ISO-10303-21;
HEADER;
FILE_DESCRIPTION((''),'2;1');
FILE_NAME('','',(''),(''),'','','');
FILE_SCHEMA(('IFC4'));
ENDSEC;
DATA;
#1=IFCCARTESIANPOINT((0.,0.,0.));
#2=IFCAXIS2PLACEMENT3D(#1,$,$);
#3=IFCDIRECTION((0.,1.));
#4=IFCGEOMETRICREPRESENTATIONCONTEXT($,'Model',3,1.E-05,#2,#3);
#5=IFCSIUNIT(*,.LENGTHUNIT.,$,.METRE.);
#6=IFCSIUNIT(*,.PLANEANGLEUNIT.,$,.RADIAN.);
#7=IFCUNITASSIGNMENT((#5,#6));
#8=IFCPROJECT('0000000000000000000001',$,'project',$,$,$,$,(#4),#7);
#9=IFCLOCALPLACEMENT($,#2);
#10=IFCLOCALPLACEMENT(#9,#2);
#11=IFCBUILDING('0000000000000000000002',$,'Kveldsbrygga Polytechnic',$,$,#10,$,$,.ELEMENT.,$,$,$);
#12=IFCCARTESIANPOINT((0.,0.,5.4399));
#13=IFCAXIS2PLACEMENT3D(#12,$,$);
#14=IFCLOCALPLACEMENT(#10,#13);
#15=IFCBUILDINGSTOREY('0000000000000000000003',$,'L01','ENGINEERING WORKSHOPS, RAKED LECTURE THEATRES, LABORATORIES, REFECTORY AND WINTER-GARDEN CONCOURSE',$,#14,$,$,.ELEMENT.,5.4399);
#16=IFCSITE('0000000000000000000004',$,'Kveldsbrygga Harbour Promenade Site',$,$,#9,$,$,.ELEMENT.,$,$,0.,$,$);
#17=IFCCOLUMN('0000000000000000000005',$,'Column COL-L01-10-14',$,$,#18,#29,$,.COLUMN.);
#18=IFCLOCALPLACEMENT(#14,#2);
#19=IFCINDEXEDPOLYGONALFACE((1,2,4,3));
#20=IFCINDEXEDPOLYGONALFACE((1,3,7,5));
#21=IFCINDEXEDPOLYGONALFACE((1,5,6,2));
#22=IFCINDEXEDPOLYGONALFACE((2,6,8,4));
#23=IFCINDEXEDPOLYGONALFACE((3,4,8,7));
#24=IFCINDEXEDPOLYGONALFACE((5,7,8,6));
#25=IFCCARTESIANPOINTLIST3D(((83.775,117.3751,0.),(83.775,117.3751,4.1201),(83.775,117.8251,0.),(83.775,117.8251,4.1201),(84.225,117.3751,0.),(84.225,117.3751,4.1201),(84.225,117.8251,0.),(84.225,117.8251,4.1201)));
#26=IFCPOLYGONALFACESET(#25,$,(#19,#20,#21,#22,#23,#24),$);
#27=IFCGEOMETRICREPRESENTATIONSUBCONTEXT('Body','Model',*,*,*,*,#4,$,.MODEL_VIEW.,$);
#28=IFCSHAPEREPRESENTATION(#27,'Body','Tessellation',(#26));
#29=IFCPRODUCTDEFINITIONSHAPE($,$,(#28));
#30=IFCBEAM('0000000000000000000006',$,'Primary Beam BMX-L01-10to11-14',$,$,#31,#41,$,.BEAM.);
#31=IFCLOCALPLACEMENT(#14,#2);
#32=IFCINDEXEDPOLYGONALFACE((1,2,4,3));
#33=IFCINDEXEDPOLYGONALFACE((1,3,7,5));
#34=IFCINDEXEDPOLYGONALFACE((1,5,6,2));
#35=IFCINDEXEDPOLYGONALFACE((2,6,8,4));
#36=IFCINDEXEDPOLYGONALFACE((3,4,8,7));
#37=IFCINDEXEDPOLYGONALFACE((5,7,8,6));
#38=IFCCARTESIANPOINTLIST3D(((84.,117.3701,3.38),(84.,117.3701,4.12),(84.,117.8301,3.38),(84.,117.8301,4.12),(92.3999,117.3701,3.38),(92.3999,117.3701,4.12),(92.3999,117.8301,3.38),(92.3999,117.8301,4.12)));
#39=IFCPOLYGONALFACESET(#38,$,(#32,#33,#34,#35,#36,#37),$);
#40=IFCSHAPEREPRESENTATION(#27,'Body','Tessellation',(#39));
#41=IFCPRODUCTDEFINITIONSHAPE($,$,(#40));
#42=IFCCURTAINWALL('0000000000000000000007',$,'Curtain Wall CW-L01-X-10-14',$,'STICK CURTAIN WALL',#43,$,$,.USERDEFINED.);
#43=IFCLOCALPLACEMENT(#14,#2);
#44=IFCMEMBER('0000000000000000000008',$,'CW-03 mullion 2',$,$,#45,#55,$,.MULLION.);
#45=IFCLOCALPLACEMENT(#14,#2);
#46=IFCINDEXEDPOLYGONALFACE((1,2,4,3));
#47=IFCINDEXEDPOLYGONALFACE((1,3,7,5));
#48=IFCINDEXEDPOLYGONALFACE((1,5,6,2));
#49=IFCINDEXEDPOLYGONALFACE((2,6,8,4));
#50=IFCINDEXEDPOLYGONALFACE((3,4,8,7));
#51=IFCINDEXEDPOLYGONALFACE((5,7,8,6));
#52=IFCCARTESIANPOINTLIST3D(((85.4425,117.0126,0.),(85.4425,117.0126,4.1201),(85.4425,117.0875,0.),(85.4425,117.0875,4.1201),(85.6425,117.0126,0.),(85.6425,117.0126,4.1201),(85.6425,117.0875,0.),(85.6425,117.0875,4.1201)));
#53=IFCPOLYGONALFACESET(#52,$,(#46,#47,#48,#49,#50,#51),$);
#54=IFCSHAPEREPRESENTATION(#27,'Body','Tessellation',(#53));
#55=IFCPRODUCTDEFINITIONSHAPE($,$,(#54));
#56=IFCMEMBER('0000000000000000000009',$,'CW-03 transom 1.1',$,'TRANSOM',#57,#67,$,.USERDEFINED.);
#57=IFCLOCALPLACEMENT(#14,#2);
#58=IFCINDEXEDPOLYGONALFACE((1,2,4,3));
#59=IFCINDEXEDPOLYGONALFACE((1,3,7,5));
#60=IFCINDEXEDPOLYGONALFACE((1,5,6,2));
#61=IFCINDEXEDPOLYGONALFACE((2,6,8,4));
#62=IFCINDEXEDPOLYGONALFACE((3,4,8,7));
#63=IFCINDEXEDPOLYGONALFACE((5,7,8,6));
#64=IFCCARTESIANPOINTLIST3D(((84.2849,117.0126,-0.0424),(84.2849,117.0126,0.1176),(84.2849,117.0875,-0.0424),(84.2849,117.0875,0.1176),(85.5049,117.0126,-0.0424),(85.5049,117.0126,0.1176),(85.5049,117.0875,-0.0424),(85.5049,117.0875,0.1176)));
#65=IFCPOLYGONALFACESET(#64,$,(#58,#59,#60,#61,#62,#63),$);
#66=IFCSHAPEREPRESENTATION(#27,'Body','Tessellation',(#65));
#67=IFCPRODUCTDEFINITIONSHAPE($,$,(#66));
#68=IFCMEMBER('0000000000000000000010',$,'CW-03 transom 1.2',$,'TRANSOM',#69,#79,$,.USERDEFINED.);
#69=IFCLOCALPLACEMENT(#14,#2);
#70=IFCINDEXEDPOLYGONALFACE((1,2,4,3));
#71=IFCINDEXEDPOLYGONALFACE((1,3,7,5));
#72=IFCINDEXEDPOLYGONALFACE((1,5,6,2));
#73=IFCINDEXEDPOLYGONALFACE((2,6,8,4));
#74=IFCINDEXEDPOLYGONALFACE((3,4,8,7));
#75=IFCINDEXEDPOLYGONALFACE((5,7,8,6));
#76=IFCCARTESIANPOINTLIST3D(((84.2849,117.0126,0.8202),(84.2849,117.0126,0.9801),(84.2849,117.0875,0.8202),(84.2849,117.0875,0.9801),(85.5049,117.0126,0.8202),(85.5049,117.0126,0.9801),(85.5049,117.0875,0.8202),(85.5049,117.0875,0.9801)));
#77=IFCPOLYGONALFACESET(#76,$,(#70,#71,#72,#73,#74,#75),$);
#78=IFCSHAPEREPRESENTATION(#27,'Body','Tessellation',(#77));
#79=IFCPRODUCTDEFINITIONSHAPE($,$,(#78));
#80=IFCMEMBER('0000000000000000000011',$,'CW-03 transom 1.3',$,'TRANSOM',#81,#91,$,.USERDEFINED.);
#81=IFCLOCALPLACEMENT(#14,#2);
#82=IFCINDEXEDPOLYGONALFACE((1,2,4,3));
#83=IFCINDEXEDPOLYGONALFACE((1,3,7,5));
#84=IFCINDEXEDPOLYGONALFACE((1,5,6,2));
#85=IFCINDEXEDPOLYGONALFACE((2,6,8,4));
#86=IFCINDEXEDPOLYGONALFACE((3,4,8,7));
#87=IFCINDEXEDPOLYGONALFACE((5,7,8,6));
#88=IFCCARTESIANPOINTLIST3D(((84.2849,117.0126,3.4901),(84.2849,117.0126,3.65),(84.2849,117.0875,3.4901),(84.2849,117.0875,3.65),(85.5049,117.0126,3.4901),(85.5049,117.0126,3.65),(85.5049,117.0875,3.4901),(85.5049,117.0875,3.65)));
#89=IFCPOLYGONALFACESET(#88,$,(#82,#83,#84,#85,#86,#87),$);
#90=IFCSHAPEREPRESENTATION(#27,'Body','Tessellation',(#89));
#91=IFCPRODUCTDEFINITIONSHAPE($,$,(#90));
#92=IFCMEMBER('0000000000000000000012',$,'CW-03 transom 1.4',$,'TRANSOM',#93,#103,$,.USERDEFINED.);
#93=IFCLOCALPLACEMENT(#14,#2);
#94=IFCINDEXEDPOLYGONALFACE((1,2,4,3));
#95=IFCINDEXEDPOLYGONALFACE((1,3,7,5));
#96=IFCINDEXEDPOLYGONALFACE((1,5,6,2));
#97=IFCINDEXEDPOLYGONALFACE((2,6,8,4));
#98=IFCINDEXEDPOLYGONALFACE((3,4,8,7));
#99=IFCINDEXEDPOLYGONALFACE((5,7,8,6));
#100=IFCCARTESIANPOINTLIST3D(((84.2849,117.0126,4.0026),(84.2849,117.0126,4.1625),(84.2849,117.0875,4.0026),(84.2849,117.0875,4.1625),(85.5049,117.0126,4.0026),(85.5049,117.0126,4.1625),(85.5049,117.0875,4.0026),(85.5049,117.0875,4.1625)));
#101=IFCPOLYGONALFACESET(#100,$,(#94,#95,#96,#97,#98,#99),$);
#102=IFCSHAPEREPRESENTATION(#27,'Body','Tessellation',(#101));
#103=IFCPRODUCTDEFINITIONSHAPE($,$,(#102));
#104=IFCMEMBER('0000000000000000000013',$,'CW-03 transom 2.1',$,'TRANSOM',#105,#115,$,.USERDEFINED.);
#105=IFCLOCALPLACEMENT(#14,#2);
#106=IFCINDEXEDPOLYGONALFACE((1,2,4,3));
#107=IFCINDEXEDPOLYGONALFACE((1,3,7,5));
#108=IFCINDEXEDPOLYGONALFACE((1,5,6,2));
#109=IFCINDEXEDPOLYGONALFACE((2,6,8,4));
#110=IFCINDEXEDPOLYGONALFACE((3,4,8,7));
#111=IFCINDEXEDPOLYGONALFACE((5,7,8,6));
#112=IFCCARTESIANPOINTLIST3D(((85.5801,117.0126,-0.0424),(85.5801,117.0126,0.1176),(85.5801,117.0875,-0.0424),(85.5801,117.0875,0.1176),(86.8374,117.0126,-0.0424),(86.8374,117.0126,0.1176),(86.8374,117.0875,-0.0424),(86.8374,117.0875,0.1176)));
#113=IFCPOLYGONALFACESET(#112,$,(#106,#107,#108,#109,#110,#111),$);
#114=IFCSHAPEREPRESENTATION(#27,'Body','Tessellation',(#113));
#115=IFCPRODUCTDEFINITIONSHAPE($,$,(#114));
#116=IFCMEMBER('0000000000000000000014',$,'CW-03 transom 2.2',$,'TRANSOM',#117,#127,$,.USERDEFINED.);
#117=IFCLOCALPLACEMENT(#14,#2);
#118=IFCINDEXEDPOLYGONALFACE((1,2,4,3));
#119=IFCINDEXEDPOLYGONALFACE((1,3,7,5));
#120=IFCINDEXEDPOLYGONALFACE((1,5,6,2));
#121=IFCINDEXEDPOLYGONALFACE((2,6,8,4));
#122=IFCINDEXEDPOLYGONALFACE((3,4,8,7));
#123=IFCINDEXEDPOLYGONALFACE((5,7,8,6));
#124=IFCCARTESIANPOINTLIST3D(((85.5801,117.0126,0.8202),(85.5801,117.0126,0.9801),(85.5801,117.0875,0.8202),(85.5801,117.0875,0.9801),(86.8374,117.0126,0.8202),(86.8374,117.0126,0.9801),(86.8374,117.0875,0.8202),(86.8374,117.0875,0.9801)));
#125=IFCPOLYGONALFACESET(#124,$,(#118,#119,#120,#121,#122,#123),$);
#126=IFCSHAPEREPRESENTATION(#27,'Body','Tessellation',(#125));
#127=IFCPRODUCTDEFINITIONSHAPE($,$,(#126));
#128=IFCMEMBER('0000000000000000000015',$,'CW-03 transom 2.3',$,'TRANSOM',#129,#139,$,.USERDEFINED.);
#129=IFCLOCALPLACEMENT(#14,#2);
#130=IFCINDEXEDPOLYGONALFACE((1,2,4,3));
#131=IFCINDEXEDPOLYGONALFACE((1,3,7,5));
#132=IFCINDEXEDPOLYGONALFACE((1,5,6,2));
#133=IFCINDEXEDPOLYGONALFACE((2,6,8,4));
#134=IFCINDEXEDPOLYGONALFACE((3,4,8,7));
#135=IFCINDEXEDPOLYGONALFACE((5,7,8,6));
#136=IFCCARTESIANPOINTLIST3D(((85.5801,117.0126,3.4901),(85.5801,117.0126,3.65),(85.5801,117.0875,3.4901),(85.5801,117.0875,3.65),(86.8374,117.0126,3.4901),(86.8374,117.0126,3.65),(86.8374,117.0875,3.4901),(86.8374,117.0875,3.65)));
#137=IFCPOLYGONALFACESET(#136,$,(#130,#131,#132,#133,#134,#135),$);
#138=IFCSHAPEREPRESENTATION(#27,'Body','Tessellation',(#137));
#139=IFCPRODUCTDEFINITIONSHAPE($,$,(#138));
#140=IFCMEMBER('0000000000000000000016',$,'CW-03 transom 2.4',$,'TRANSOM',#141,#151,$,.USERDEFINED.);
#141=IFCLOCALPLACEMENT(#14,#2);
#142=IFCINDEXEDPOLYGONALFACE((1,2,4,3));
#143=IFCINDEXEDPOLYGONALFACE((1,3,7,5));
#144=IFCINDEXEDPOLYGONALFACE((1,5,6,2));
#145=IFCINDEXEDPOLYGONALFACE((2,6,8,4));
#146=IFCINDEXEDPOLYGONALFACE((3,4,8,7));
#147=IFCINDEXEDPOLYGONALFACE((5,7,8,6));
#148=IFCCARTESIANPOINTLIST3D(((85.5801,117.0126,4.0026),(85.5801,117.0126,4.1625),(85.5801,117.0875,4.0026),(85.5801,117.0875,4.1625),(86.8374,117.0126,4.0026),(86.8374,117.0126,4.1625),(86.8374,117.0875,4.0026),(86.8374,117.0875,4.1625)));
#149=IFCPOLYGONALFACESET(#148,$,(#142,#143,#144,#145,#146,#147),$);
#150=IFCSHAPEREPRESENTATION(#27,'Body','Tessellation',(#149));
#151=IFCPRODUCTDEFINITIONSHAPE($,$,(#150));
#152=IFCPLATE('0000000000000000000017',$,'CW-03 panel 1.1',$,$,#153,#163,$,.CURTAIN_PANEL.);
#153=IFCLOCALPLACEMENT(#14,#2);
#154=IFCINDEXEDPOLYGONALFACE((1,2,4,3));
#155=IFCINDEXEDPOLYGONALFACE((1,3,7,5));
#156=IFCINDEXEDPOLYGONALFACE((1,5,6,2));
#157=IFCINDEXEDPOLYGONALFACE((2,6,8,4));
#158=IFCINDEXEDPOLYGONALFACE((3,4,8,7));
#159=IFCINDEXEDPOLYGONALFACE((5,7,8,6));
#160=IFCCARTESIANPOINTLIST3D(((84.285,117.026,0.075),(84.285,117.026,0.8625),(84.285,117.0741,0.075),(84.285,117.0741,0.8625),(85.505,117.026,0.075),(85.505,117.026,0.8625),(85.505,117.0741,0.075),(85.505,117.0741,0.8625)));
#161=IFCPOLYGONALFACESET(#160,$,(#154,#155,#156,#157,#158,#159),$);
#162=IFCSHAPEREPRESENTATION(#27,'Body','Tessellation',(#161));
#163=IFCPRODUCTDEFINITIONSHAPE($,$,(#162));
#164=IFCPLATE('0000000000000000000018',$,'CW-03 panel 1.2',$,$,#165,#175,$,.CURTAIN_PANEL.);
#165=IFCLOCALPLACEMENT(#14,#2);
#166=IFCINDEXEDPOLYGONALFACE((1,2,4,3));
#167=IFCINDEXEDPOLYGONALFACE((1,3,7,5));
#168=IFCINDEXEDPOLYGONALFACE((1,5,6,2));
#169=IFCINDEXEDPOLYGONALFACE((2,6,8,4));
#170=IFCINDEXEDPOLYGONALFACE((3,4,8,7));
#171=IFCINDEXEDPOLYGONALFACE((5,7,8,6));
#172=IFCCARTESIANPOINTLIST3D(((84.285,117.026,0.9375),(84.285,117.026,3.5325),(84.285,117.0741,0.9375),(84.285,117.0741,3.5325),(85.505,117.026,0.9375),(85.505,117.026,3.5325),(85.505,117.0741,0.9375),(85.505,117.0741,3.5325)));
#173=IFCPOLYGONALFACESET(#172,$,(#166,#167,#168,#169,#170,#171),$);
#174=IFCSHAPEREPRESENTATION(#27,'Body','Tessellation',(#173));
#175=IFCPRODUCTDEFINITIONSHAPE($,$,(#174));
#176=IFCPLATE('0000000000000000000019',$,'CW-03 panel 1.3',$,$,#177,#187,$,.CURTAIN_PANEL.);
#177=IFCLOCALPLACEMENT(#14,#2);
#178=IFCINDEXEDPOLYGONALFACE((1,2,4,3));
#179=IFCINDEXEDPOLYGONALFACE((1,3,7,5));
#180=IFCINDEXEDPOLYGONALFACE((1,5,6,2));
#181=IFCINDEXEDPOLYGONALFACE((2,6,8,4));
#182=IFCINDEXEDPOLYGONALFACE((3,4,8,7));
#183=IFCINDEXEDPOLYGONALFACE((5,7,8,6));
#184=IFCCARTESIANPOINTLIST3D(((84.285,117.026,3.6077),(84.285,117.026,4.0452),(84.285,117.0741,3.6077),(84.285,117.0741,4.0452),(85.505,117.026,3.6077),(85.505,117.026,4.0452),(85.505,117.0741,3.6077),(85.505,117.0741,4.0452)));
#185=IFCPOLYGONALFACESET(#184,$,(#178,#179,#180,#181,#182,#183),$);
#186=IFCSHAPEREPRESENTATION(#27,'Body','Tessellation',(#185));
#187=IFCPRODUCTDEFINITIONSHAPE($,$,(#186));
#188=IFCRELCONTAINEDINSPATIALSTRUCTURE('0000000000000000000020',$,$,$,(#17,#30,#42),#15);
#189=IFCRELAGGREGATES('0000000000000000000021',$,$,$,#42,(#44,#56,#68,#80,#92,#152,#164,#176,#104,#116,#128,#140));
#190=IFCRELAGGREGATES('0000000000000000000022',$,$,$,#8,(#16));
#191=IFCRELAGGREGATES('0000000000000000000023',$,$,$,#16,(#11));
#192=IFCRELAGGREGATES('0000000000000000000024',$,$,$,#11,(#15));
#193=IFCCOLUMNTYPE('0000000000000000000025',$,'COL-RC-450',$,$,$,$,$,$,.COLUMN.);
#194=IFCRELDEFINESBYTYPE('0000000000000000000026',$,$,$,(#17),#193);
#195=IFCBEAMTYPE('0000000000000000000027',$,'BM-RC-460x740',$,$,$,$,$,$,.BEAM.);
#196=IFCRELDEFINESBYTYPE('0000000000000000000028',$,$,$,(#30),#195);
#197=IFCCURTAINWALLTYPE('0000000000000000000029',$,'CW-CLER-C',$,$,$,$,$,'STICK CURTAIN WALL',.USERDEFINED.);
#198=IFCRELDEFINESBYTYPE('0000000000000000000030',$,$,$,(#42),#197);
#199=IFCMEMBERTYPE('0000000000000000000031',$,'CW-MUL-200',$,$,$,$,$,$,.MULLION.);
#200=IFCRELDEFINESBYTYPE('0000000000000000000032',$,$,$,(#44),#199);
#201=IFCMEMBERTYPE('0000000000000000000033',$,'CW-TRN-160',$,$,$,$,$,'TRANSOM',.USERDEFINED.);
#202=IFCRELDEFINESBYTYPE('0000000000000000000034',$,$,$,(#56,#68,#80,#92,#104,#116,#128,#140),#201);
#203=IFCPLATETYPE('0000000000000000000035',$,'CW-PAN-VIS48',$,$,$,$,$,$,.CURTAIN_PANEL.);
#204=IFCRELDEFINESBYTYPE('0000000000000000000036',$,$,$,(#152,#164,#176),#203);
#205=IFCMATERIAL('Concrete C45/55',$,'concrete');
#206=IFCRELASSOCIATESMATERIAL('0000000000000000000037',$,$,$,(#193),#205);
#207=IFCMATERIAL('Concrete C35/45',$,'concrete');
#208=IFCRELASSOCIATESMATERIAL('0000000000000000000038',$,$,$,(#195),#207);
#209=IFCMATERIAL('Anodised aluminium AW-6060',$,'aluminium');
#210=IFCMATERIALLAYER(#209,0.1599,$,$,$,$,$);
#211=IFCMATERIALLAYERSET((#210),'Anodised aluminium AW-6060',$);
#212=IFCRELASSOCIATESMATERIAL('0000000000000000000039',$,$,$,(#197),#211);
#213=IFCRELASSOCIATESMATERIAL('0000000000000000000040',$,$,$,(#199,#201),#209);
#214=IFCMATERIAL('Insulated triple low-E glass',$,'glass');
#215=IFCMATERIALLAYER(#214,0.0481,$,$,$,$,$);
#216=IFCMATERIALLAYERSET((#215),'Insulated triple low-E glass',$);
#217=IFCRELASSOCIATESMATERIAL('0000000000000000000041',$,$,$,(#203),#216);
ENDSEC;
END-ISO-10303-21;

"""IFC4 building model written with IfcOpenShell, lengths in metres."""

from ifc_helpers import new_model, si_unit, direction, frame, origin, origin_2d, place, context, subcontext, project, spatial, rectangle, extrude, material, layer, layer_set, material_profile, profile_set, type_object, element, aggregate, save


model = new_model("IFC4")

# Units and contexts
model_context = context("Model", 3, precision=1e-05, world=origin(), true_north=direction((0.0, 1.0)))
body_context = subcontext(model_context, "Body", "Model", "MODEL_VIEW")
ifc_project = project(units=[si_unit("LENGTHUNIT", "METRE"), si_unit("PLANEANGLEUNIT", "RADIAN")], contexts=[model_context])

# Site, building, storey
site_placement = place(None, origin())
site = spatial("IfcSite", under=ifc_project, at=site_placement, Name="Kveldsbrygga Harbour Promenade Site", CompositionType="ELEMENT", RefElevation=0.0)
building_placement = place(site_placement, origin())
building = spatial("IfcBuilding", under=site, at=building_placement, Name="Kveldsbrygga Polytechnic", CompositionType="ELEMENT")
storey_placement = place(building_placement, frame((0.0, 0.0, 5.4399)))
storey = spatial("IfcBuildingStorey", under=building, at=storey_placement, Name="L01", Description="ENGINEERING WORKSHOPS, RAKED LECTURE THEATRES, LABORATORIES, REFECTORY AND WINTER-GARDEN CONCOURSE", CompositionType="ELEMENT", Elevation=5.4399)

# Column
ifc_material_1 = material(Name="Concrete C45/55", Category="concrete")
ifc_material_profile_1 = material_profile(ifc_material_1, rectangle(XDim=0.45, YDim=0.45, at=origin_2d()), Name="RC 450x450")
ifc_profile_set_1 = profile_set([ifc_material_profile_1], Name="Concrete C45/55")
column_type = type_object("IfcColumnType", Name="COL-RC-450", PredefinedType="COLUMN", material=ifc_profile_set_1)
column_placement = place(storey_placement, frame((84.0, 117.6001, 0.0), z_axis=(0.0, 0.0, 1.0), x_axis=(1.0, 0.0, 0.0)))
element("IfcColumn", 1, at=column_placement, inside=storey, type_object=column_type, Name="Column COL-L01-10-14", PredefinedType="COLUMN", context=body_context, shape_type="SweptSolid", body=[
    extrude(rectangle(XDim=0.45, YDim=0.45, at=origin_2d()), origin(), (0.0, 0.0, 1.0), 4.1201),
])

# Beam
ifc_material_2 = material(Name="Concrete C35/45", Category="concrete")
ifc_material_profile_2 = material_profile(ifc_material_2, rectangle(XDim=0.46, YDim=0.74, at=origin_2d()), Name="RC 460x740")
ifc_profile_set_2 = profile_set([ifc_material_profile_2], Name="Concrete C35/45")
beam_type = type_object("IfcBeamType", Name="BM-RC-460x740", PredefinedType="BEAM", material=ifc_profile_set_2)
beam_placement = place(storey_placement, frame((84.0, 117.6001, 3.75), z_axis=(1.0, 0.0, 0.0), x_axis=(0.0, 1.0, 0.0)))
element("IfcBeam", 2, at=beam_placement, inside=storey, type_object=beam_type, Name="Primary Beam BMX-L01-10to11-14", PredefinedType="BEAM", context=body_context, shape_type="SweptSolid", body=[
    extrude(rectangle(XDim=0.46, YDim=0.74, at=origin_2d()), origin(), (0.0, 0.0, 1.0), 8.3999),
])

# Curtain wall, members, plates
ifc_material_3 = material(Name="Anodised aluminium AW-6060", Category="aluminium")
ifc_layer_1 = layer(ifc_material_3, 0.1599)
ifc_layer_set_1 = layer_set([ifc_layer_1], Name="Anodised aluminium AW-6060")
curtain_wall_type = type_object("IfcCurtainWallType", Name="CW-CLER-C", ElementType="STICK CURTAIN WALL", PredefinedType="USERDEFINED", material=ifc_layer_set_1)
curtain_wall_placement = place(storey_placement, origin())
curtain_wall = element("IfcCurtainWall", 3, at=curtain_wall_placement, inside=storey, type_object=curtain_wall_type, Name="Curtain Wall CW-L01-X-10-14", ObjectType="STICK CURTAIN WALL", PredefinedType="USERDEFINED")
ifc_material_profile_3 = material_profile(ifc_material_3, rectangle(XDim=0.075, YDim=0.2, at=origin_2d()), Name="ALU 75x200")
ifc_profile_set_3 = profile_set([ifc_material_profile_3], Name="Anodised aluminium AW-6060")
member_type_1 = type_object("IfcMemberType", Name="CW-MUL-200", PredefinedType="MULLION", material=ifc_profile_set_3)
member_1_placement = place(storey_placement, frame((85.5425, 117.05, 0.0), z_axis=(0.0, 0.0, 1.0), x_axis=(0.0, 1.0, 0.0)))
member_1 = element("IfcMember", 4, at=member_1_placement, type_object=member_type_1, Name="CW-03 mullion 2", PredefinedType="MULLION", context=body_context, shape_type="SweptSolid", body=[
    extrude(rectangle(XDim=0.075, YDim=0.2, at=origin_2d()), origin(), (0.0, 0.0, 1.0), 4.1201),
])
ifc_material_profile_4 = material_profile(ifc_material_3, rectangle(XDim=0.075, YDim=0.1599, at=origin_2d()), Name="ALU 75x160")
ifc_profile_set_4 = profile_set([ifc_material_profile_4], Name="Anodised aluminium AW-6060")
member_type_2 = type_object("IfcMemberType", Name="CW-TRN-160", ElementType="TRANSOM", PredefinedType="USERDEFINED", material=ifc_profile_set_4)
member_2_placement = place(storey_placement, frame((84.2849, 117.05, 0.0376), z_axis=(1.0, 0.0, 0.0), x_axis=(0.0, 1.0, 0.0)))
member_2 = element("IfcMember", 5, at=member_2_placement, type_object=member_type_2, Name="CW-03 transom 1.1", ObjectType="TRANSOM", PredefinedType="USERDEFINED", context=body_context, shape_type="SweptSolid", body=[
    extrude(rectangle(XDim=0.075, YDim=0.1599, at=origin_2d()), origin(), (0.0, 0.0, 1.0), 1.22),
])
member_3_placement = place(storey_placement, frame((84.2849, 117.05, 0.9001), z_axis=(1.0, 0.0, 0.0), x_axis=(0.0, 1.0, 0.0)))
member_3 = element("IfcMember", 6, at=member_3_placement, type_object=member_type_2, Name="CW-03 transom 1.2", ObjectType="TRANSOM", PredefinedType="USERDEFINED", context=body_context, shape_type="SweptSolid", body=[
    extrude(rectangle(XDim=0.075, YDim=0.1599, at=origin_2d()), origin(), (0.0, 0.0, 1.0), 1.22),
])
member_4_placement = place(storey_placement, frame((84.2849, 117.05, 3.5701), z_axis=(1.0, 0.0, 0.0), x_axis=(0.0, 1.0, 0.0)))
member_4 = element("IfcMember", 7, at=member_4_placement, type_object=member_type_2, Name="CW-03 transom 1.3", ObjectType="TRANSOM", PredefinedType="USERDEFINED", context=body_context, shape_type="SweptSolid", body=[
    extrude(rectangle(XDim=0.075, YDim=0.1599, at=origin_2d()), origin(), (0.0, 0.0, 1.0), 1.22),
])
member_5_placement = place(storey_placement, frame((84.2849, 117.05, 4.0825), z_axis=(1.0, 0.0, 0.0), x_axis=(0.0, 1.0, 0.0)))
member_5 = element("IfcMember", 8, at=member_5_placement, type_object=member_type_2, Name="CW-03 transom 1.4", ObjectType="TRANSOM", PredefinedType="USERDEFINED", context=body_context, shape_type="SweptSolid", body=[
    extrude(rectangle(XDim=0.075, YDim=0.1599, at=origin_2d()), origin(), (0.0, 0.0, 1.0), 1.22),
])
member_6_placement = place(storey_placement, frame((85.5801, 117.05, 0.0376), z_axis=(1.0, 0.0, 0.0), x_axis=(0.0, 1.0, 0.0)))
member_6 = element("IfcMember", 9, at=member_6_placement, type_object=member_type_2, Name="CW-03 transom 2.1", ObjectType="TRANSOM", PredefinedType="USERDEFINED", context=body_context, shape_type="SweptSolid", body=[
    extrude(rectangle(XDim=0.075, YDim=0.1599, at=origin_2d()), origin(), (0.0, 0.0, 1.0), 1.2573),
])
member_7_placement = place(storey_placement, frame((85.5801, 117.05, 0.9001), z_axis=(1.0, 0.0, 0.0), x_axis=(0.0, 1.0, 0.0)))
member_7 = element("IfcMember", 10, at=member_7_placement, type_object=member_type_2, Name="CW-03 transom 2.2", ObjectType="TRANSOM", PredefinedType="USERDEFINED", context=body_context, shape_type="SweptSolid", body=[
    extrude(rectangle(XDim=0.075, YDim=0.1599, at=origin_2d()), origin(), (0.0, 0.0, 1.0), 1.2573),
])
member_8_placement = place(storey_placement, frame((85.5801, 117.05, 3.5701), z_axis=(1.0, 0.0, 0.0), x_axis=(0.0, 1.0, 0.0)))
member_8 = element("IfcMember", 11, at=member_8_placement, type_object=member_type_2, Name="CW-03 transom 2.3", ObjectType="TRANSOM", PredefinedType="USERDEFINED", context=body_context, shape_type="SweptSolid", body=[
    extrude(rectangle(XDim=0.075, YDim=0.1599, at=origin_2d()), origin(), (0.0, 0.0, 1.0), 1.2573),
])
member_9_placement = place(storey_placement, frame((85.5801, 117.05, 4.0825), z_axis=(1.0, 0.0, 0.0), x_axis=(0.0, 1.0, 0.0)))
member_9 = element("IfcMember", 12, at=member_9_placement, type_object=member_type_2, Name="CW-03 transom 2.4", ObjectType="TRANSOM", PredefinedType="USERDEFINED", context=body_context, shape_type="SweptSolid", body=[
    extrude(rectangle(XDim=0.075, YDim=0.1599, at=origin_2d()), origin(), (0.0, 0.0, 1.0), 1.2573),
])
ifc_material_4 = material(Name="Insulated triple low-E glass", Category="glass")
ifc_layer_2 = layer(ifc_material_4, 0.0481)
ifc_layer_set_2 = layer_set([ifc_layer_2], Name="Insulated triple low-E glass")
plate_type = type_object("IfcPlateType", Name="CW-PAN-VIS48", PredefinedType="CURTAIN_PANEL", material=ifc_layer_set_2)
plate_1_placement = place(storey_placement, frame((84.895, 117.05, 0.075), z_axis=(0.0, 0.0, 1.0), x_axis=(1.0, 0.0, 0.0)))
plate_1 = element("IfcPlate", 13, at=plate_1_placement, type_object=plate_type, Name="CW-03 panel 1.1", PredefinedType="CURTAIN_PANEL", context=body_context, shape_type="SweptSolid", body=[
    extrude(rectangle(XDim=1.22, YDim=0.0481, at=origin_2d()), origin(), (0.0, 0.0, 1.0), 0.7876),
])
plate_2_placement = place(storey_placement, frame((84.895, 117.05, 0.9375), z_axis=(0.0, 0.0, 1.0), x_axis=(1.0, 0.0, 0.0)))
plate_2 = element("IfcPlate", 14, at=plate_2_placement, type_object=plate_type, Name="CW-03 panel 1.2", PredefinedType="CURTAIN_PANEL", context=body_context, shape_type="SweptSolid", body=[
    extrude(rectangle(XDim=1.22, YDim=0.0481, at=origin_2d()), origin(), (0.0, 0.0, 1.0), 2.595),
])
plate_3_placement = place(storey_placement, frame((84.895, 117.05, 3.6077), z_axis=(0.0, 0.0, 1.0), x_axis=(1.0, 0.0, 0.0)))
plate_3 = element("IfcPlate", 15, at=plate_3_placement, type_object=plate_type, Name="CW-03 panel 1.3", PredefinedType="CURTAIN_PANEL", context=body_context, shape_type="SweptSolid", body=[
    extrude(rectangle(XDim=1.22, YDim=0.0481, at=origin_2d()), origin(), (0.0, 0.0, 1.0), 0.4375),
])
aggregate(curtain_wall, [member_1, member_2, member_3, member_4, member_5, plate_1, plate_2, plate_3, member_6, member_7, member_8, member_9])

save(model, "model.ifc")
